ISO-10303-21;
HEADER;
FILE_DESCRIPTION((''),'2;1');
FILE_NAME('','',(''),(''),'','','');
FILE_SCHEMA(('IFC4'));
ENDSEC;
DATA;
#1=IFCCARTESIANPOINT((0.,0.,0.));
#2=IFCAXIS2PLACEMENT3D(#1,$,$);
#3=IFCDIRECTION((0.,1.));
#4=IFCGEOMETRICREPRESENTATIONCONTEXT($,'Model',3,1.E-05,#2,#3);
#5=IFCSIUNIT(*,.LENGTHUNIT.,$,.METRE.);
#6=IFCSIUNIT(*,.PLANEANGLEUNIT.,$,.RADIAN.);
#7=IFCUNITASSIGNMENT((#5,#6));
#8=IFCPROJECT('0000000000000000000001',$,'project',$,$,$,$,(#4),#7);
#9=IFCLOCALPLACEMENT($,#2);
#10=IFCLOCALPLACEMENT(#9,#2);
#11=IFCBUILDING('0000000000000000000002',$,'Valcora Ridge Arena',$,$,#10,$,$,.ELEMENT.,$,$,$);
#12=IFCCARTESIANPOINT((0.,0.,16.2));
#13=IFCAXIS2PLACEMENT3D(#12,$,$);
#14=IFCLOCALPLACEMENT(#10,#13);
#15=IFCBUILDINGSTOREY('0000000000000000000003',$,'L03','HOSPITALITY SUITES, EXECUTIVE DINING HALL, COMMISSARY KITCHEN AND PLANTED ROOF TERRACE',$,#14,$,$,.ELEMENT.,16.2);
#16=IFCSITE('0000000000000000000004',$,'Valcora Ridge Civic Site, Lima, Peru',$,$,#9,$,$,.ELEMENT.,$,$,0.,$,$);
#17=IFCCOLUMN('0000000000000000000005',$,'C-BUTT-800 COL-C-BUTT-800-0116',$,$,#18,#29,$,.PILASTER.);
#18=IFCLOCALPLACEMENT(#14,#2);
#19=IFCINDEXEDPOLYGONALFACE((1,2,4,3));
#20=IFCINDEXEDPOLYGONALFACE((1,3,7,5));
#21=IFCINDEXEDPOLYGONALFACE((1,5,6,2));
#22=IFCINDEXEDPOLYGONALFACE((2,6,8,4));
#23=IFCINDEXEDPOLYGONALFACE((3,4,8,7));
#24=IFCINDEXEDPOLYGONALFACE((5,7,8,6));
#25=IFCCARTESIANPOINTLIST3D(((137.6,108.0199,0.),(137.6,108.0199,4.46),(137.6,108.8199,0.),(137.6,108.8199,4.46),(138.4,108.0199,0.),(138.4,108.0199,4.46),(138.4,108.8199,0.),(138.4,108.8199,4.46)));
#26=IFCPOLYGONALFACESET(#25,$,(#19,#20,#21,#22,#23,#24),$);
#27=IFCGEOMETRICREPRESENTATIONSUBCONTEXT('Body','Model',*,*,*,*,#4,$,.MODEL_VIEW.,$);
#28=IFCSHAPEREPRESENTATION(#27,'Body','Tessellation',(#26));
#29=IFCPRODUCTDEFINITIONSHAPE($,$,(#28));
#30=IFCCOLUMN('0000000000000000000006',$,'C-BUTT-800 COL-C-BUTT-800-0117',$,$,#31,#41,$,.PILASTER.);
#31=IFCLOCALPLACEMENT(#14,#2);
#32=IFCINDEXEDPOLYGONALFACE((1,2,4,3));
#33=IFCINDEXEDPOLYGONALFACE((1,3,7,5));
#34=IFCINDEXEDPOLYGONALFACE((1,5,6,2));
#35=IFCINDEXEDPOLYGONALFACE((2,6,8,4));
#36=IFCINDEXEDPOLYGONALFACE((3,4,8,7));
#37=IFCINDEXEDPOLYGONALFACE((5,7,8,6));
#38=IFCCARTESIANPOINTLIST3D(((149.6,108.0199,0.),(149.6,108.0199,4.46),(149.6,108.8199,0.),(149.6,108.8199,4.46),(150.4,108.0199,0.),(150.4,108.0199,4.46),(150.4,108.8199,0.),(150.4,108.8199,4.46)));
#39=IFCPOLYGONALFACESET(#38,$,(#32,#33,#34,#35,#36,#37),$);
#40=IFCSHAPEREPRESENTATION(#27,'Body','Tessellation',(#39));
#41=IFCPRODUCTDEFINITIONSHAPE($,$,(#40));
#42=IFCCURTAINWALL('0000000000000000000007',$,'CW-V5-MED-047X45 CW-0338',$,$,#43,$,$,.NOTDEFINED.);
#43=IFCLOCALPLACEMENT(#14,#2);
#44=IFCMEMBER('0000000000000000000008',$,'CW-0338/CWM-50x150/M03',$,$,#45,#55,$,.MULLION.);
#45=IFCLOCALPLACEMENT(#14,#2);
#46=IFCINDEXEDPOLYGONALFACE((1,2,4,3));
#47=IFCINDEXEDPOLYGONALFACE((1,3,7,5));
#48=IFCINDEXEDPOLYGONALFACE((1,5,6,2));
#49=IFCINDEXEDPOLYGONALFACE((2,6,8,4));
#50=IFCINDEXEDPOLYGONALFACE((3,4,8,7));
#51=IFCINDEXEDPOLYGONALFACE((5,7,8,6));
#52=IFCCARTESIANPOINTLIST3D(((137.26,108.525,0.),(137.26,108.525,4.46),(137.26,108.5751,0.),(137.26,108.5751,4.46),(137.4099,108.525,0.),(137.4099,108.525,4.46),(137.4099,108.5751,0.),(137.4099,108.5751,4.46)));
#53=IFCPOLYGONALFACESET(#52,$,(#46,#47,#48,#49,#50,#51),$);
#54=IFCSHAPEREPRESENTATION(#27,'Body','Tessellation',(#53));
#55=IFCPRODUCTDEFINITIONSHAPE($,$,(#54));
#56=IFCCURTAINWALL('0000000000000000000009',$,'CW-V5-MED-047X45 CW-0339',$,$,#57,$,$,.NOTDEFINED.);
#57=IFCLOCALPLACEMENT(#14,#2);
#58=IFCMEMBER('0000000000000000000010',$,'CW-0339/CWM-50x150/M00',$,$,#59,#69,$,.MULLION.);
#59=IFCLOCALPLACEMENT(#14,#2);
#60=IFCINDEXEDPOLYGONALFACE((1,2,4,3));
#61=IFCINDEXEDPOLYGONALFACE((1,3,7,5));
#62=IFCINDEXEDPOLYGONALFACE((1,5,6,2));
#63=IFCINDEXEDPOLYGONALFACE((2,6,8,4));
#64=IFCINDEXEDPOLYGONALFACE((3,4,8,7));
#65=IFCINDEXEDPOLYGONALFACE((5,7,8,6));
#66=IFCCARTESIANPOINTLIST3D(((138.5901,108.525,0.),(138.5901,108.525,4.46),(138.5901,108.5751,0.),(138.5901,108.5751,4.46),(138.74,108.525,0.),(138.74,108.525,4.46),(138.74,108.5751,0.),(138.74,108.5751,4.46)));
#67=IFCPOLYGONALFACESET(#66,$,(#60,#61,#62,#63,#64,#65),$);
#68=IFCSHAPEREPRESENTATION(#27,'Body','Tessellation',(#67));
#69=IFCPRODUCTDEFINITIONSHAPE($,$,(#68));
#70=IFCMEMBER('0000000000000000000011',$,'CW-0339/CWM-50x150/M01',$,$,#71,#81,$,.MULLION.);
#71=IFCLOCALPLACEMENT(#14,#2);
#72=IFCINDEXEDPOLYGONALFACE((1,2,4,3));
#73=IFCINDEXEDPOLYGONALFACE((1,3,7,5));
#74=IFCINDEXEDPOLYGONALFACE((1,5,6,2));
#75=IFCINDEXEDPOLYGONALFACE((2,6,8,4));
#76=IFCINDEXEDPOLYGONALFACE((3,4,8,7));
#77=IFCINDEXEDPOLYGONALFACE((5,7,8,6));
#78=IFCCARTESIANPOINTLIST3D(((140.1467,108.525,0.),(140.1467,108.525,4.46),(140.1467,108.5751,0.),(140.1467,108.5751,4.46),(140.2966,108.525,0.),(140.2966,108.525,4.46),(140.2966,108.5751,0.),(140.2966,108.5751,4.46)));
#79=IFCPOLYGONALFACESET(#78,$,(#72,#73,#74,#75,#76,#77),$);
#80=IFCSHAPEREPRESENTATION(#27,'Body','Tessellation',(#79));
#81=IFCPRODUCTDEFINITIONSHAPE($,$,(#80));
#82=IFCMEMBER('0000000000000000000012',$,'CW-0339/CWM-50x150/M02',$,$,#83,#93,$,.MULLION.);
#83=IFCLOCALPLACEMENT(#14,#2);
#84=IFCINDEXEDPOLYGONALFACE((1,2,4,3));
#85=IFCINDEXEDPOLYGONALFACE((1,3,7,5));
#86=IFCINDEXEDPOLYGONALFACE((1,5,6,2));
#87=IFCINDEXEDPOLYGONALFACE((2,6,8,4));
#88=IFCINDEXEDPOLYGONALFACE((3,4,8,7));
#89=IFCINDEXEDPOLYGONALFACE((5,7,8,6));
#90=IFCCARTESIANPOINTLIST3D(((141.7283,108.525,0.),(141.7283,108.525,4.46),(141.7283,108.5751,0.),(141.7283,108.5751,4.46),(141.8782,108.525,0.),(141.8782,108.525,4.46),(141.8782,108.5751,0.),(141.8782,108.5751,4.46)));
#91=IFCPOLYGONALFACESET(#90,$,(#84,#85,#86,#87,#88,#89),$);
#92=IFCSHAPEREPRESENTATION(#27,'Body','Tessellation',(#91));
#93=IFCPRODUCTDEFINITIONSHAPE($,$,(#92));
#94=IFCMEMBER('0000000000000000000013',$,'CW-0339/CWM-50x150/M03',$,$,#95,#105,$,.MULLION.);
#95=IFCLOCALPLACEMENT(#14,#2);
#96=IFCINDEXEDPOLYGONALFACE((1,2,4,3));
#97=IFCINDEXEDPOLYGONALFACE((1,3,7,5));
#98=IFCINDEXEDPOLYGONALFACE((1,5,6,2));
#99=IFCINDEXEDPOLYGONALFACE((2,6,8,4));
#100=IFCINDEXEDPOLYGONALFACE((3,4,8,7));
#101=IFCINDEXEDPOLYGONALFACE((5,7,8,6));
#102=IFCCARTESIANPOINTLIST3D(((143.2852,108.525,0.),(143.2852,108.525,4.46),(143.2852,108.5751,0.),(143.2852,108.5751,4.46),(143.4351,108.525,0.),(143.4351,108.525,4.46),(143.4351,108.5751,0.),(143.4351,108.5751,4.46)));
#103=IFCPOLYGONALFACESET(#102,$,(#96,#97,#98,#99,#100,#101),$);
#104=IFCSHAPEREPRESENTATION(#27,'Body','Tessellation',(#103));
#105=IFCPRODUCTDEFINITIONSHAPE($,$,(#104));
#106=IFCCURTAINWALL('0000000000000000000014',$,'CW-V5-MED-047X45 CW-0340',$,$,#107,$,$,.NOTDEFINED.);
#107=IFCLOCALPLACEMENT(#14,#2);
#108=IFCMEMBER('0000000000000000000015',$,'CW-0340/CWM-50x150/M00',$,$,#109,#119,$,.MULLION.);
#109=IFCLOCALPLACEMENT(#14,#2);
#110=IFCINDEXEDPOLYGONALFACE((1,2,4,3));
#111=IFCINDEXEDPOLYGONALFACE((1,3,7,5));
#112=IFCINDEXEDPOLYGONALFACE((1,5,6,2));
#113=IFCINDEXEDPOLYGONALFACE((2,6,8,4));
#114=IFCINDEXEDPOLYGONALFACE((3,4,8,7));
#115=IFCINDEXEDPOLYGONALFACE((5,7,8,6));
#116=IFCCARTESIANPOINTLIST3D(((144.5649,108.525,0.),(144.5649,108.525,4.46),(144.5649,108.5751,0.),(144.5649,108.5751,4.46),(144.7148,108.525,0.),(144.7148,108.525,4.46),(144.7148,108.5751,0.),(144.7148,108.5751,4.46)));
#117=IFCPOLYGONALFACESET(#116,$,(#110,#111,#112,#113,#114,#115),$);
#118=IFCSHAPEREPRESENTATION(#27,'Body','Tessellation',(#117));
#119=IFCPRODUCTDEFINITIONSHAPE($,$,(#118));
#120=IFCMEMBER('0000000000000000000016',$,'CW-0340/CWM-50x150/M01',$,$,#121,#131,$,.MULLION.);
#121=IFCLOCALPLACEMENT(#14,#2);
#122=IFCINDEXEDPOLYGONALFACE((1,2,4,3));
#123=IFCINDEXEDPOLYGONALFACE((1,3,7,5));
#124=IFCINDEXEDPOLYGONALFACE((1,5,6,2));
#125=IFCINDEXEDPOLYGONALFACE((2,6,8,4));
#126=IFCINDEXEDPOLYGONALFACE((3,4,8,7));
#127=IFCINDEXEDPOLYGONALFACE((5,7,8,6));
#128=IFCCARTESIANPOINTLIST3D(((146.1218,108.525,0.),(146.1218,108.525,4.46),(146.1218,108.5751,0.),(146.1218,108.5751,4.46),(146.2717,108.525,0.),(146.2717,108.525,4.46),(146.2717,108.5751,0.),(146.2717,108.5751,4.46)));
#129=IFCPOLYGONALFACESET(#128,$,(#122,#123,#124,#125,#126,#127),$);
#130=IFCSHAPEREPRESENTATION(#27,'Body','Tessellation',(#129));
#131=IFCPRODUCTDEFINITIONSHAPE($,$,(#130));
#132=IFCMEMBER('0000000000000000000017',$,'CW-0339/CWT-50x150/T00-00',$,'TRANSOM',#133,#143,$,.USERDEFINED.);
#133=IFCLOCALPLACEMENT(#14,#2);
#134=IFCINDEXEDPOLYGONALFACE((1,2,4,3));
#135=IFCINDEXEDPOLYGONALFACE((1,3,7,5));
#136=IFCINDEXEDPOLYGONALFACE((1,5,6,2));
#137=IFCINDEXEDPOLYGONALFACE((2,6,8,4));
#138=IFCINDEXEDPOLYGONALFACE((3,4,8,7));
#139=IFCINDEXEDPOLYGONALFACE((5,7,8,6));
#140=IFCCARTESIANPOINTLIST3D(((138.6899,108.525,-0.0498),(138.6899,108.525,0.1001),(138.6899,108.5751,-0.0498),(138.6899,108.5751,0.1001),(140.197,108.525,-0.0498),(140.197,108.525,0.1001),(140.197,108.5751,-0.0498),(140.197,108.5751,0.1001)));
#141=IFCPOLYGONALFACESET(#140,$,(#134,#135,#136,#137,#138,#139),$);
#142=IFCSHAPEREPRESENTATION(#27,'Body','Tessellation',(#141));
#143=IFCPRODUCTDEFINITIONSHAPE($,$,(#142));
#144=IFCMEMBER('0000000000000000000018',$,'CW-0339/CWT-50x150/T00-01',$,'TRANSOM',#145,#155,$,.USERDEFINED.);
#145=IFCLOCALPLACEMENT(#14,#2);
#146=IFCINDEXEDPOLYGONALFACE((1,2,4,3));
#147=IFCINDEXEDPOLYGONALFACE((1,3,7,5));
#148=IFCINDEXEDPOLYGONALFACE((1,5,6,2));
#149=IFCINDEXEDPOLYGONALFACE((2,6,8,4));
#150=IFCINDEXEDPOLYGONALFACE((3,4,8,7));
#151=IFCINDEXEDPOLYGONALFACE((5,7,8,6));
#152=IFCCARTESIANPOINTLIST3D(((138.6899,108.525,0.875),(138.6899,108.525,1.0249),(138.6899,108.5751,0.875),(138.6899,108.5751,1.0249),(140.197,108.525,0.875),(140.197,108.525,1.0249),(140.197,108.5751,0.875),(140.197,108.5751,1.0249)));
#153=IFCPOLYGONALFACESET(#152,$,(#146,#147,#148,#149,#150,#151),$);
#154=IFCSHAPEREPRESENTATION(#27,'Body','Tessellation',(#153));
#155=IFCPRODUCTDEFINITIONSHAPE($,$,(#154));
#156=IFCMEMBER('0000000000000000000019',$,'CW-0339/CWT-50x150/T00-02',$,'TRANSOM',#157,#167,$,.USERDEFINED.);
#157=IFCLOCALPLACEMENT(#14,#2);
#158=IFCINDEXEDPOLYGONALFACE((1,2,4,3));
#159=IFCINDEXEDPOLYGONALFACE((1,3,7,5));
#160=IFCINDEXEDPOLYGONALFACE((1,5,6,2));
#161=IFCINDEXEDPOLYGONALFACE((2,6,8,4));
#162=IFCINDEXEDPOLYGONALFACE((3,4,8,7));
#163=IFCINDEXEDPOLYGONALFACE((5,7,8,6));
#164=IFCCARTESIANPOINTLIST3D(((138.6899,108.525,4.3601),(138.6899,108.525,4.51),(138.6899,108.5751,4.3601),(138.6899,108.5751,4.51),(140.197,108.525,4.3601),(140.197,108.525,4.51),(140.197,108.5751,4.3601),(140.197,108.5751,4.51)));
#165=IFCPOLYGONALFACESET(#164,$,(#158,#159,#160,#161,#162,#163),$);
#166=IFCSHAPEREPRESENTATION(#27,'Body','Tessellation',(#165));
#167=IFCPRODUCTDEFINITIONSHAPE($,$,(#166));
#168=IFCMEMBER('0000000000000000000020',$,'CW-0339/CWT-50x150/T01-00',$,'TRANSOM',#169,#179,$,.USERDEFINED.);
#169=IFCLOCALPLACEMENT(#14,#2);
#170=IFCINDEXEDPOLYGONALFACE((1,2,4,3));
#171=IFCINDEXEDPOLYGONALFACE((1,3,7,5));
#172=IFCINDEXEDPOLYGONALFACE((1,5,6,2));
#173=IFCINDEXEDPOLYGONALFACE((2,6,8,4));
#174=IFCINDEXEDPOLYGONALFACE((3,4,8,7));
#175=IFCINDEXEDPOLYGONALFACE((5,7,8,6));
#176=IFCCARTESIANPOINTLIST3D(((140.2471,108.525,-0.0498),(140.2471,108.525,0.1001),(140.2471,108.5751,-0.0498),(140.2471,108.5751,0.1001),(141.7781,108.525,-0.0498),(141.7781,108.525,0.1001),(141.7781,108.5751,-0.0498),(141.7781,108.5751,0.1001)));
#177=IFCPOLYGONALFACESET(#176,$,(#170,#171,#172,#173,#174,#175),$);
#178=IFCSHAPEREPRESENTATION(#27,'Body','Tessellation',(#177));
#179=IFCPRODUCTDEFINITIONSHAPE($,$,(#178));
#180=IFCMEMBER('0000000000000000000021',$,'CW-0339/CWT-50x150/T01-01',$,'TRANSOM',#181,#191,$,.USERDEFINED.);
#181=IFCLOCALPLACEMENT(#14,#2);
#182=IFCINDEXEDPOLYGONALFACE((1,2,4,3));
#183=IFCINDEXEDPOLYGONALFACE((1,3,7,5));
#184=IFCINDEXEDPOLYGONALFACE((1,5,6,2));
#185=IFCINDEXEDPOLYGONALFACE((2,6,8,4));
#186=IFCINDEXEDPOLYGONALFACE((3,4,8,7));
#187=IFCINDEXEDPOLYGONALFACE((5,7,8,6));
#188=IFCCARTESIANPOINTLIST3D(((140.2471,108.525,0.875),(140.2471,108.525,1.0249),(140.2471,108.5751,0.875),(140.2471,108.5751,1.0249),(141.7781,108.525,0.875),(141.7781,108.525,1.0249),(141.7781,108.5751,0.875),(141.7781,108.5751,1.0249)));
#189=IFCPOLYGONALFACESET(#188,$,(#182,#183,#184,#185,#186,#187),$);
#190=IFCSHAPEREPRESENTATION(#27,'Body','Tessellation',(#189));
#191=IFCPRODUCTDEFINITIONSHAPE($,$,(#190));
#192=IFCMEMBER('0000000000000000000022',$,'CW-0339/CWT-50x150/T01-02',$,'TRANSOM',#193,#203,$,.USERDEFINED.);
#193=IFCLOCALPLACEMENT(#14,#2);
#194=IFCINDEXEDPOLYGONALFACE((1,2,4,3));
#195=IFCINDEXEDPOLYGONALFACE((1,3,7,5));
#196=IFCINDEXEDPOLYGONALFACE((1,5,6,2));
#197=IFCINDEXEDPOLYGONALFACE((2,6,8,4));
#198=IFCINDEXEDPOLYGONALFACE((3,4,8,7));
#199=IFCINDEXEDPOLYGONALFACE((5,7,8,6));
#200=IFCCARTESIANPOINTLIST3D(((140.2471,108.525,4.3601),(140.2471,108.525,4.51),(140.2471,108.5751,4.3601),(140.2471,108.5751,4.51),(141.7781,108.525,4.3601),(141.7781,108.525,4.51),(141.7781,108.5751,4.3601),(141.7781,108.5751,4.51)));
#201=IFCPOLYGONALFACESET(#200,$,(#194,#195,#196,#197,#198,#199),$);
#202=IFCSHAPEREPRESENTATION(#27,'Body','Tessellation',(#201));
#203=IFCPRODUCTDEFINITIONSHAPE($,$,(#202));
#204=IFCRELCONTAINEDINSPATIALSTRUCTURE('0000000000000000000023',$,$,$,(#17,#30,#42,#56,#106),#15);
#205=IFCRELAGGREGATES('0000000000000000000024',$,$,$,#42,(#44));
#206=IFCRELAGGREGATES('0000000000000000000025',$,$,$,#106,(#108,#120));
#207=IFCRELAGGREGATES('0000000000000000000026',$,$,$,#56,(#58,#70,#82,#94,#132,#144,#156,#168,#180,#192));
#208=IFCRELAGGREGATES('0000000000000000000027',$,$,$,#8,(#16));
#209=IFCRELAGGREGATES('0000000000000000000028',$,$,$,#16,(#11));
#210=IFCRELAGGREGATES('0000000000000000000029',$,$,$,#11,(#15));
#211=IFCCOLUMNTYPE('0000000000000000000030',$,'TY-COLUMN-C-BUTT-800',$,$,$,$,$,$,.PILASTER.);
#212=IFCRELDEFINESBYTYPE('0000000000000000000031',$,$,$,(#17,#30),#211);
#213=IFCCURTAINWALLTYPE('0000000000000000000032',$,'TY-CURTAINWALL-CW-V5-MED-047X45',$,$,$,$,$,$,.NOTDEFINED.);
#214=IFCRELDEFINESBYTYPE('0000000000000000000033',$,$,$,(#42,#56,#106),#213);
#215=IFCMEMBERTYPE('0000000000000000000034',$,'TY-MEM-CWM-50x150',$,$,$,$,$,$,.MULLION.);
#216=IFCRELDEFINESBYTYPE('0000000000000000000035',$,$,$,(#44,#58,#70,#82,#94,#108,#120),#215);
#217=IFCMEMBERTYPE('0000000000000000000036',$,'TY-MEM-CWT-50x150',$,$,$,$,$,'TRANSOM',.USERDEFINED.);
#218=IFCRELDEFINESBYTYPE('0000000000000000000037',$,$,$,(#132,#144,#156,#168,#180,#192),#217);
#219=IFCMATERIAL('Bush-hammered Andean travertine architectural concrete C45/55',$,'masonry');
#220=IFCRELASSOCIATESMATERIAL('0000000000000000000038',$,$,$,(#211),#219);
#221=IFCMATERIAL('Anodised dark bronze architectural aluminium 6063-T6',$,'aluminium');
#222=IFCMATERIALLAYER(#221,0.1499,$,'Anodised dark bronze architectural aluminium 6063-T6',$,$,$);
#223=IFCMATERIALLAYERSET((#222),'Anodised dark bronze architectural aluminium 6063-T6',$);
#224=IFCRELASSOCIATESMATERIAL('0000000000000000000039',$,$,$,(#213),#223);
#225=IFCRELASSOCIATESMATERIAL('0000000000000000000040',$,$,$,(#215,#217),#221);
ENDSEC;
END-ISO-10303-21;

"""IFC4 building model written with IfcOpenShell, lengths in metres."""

from ifc_helpers import new_model, si_unit, direction, frame, origin, origin_2d, place, context, subcontext, project, spatial, rectangle, extrude, material, layer, layer_set, material_profile, profile_set, type_object, element, aggregate, save


model = new_model("IFC4")

# Units and contexts
model_context = context("Model", 3, precision=1e-05, world=origin(), true_north=direction((0.0, 1.0)))
body_context = subcontext(model_context, "Body", "Model", "MODEL_VIEW")
ifc_project = project(units=[si_unit("LENGTHUNIT", "METRE"), si_unit("PLANEANGLEUNIT", "RADIAN")], contexts=[model_context])

# Site, building, storey
site_placement = place(None, origin())
site = spatial("IfcSite", under=ifc_project, at=site_placement, Name="Valcora Ridge Civic Site, Lima, Peru", CompositionType="ELEMENT", RefElevation=0.0)
building_placement = place(site_placement, origin())
building = spatial("IfcBuilding", under=site, at=building_placement, Name="Valcora Ridge Arena", CompositionType="ELEMENT")
storey_placement = place(building_placement, frame((0.0, 0.0, 16.2)))
storey = spatial("IfcBuildingStorey", under=building, at=storey_placement, Name="L03", Description="HOSPITALITY SUITES, EXECUTIVE DINING HALL, COMMISSARY KITCHEN AND PLANTED ROOF TERRACE", CompositionType="ELEMENT", Elevation=16.2)

# Columns
ifc_material_1 = material(Name="Bush-hammered Andean travertine architectural concrete C45/55", Category="masonry")
ifc_material_profile_1 = material_profile(ifc_material_1, rectangle(XDim=0.8, YDim=0.8, at=origin_2d()), Name="RC 800x800")
ifc_profile_set_1 = profile_set([ifc_material_profile_1], Name="Bush-hammered Andean travertine architectural concrete C45/55")
column_type = type_object("IfcColumnType", Name="TY-COLUMN-C-BUTT-800", PredefinedType="PILASTER", material=ifc_profile_set_1)
for number, where, z_axis, x_axis, name in (
    (1, (138.0, 108.4199, 0.0), (0.0, 0.0, 1.0), (1.0, 0.0, 0.0), "C-BUTT-800 COL-C-BUTT-800-0116"),
    (2, (150.0, 108.4199, 0.0), (0.0, 0.0, 1.0), (1.0, 0.0, 0.0), "C-BUTT-800 COL-C-BUTT-800-0117"),
):
    element("IfcColumn", number, at=place(storey_placement, frame(where, z_axis=z_axis, x_axis=x_axis)), inside=storey, type_object=column_type, Name=name, PredefinedType="PILASTER", context=body_context, shape_type="SweptSolid", body=[
        extrude(rectangle(XDim=0.8, YDim=0.8, at=origin_2d()), origin(), (0.0, 0.0, 1.0), 4.46),
    ])

# Curtain wall, member
ifc_material_2 = material(Name="Anodised dark bronze architectural aluminium 6063-T6", Category="aluminium")
ifc_layer_1 = layer(ifc_material_2, 0.1499, Name="Anodised dark bronze architectural aluminium 6063-T6")
ifc_layer_set_1 = layer_set([ifc_layer_1], Name="Anodised dark bronze architectural aluminium 6063-T6")
curtain_wall_type = type_object("IfcCurtainWallType", Name="TY-CURTAINWALL-CW-V5-MED-047X45", PredefinedType="NOTDEFINED", material=ifc_layer_set_1)
curtain_wall_1_placement = place(storey_placement, origin())
curtain_wall_1 = element("IfcCurtainWall", 3, at=curtain_wall_1_placement, inside=storey, type_object=curtain_wall_type, Name="CW-V5-MED-047X45 CW-0338", PredefinedType="NOTDEFINED")
ifc_material_profile_2 = material_profile(ifc_material_2, rectangle(XDim=0.05, YDim=0.1499, at=origin_2d()), Name="ALU MULLION 50x150")
ifc_profile_set_2 = profile_set([ifc_material_profile_2], Name="Anodised dark bronze architectural aluminium 6063-T6")
member_type_1 = type_object("IfcMemberType", Name="TY-MEM-CWM-50x150", PredefinedType="MULLION", material=ifc_profile_set_2)
member_1_placement = place(storey_placement, frame((137.335, 108.55, 0.0), z_axis=(0.0, 0.0, 1.0), x_axis=(0.0, 1.0, 0.0)))
member_1 = element("IfcMember", 4, at=member_1_placement, type_object=member_type_1, Name="CW-0338/CWM-50x150/M03", PredefinedType="MULLION", context=body_context, shape_type="SweptSolid", body=[
    extrude(rectangle(XDim=0.05, YDim=0.1499, at=origin_2d()), origin(), (0.0, 0.0, 1.0), 4.46),
])
aggregate(curtain_wall_1, [member_1])

# Curtain walls, members
curtain_wall_2_placement = place(storey_placement, origin())
curtain_wall_2 = element("IfcCurtainWall", 5, at=curtain_wall_2_placement, inside=storey, type_object=curtain_wall_type, Name="CW-V5-MED-047X45 CW-0339", PredefinedType="NOTDEFINED")
member_2_placement = place(storey_placement, frame((138.665, 108.55, 0.0), z_axis=(0.0, 0.0, 1.0), x_axis=(0.0, 1.0, 0.0)))
member_2 = element("IfcMember", 6, at=member_2_placement, type_object=member_type_1, Name="CW-0339/CWM-50x150/M00", PredefinedType="MULLION", context=body_context, shape_type="SweptSolid", body=[
    extrude(rectangle(XDim=0.05, YDim=0.1499, at=origin_2d()), origin(), (0.0, 0.0, 1.0), 4.46),
])
member_3_placement = place(storey_placement, frame((140.2217, 108.55, 0.0), z_axis=(0.0, 0.0, 1.0), x_axis=(0.0, 1.0, 0.0)))
member_3 = element("IfcMember", 7, at=member_3_placement, type_object=member_type_1, Name="CW-0339/CWM-50x150/M01", PredefinedType="MULLION", context=body_context, shape_type="SweptSolid", body=[
    extrude(rectangle(XDim=0.05, YDim=0.1499, at=origin_2d()), origin(), (0.0, 0.0, 1.0), 4.46),
])
member_4_placement = place(storey_placement, frame((141.8032, 108.55, 0.0), z_axis=(0.0, 0.0, 1.0), x_axis=(0.0, 1.0, 0.0)))
member_4 = element("IfcMember", 8, at=member_4_placement, type_object=member_type_1, Name="CW-0339/CWM-50x150/M02", PredefinedType="MULLION", context=body_context, shape_type="SweptSolid", body=[
    extrude(rectangle(XDim=0.05, YDim=0.1499, at=origin_2d()), origin(), (0.0, 0.0, 1.0), 4.46),
])
member_5_placement = place(storey_placement, frame((143.3601, 108.55, 0.0), z_axis=(0.0, 0.0, 1.0), x_axis=(0.0, 1.0, 0.0)))
member_5 = element("IfcMember", 9, at=member_5_placement, type_object=member_type_1, Name="CW-0339/CWM-50x150/M03", PredefinedType="MULLION", context=body_context, shape_type="SweptSolid", body=[
    extrude(rectangle(XDim=0.05, YDim=0.1499, at=origin_2d()), origin(), (0.0, 0.0, 1.0), 4.46),
])
curtain_wall_3_placement = place(storey_placement, origin())
curtain_wall_3 = element("IfcCurtainWall", 10, at=curtain_wall_3_placement, inside=storey, type_object=curtain_wall_type, Name="CW-V5-MED-047X45 CW-0340", PredefinedType="NOTDEFINED")
member_6_placement = place(storey_placement, frame((144.6399, 108.55, 0.0), z_axis=(0.0, 0.0, 1.0), x_axis=(0.0, 1.0, 0.0)))
member_6 = element("IfcMember", 11, at=member_6_placement, type_object=member_type_1, Name="CW-0340/CWM-50x150/M00", PredefinedType="MULLION", context=body_context, shape_type="SweptSolid", body=[
    extrude(rectangle(XDim=0.05, YDim=0.1499, at=origin_2d()), origin(), (0.0, 0.0, 1.0), 4.46),
])
member_7_placement = place(storey_placement, frame((146.1968, 108.55, 0.0), z_axis=(0.0, 0.0, 1.0), x_axis=(0.0, 1.0, 0.0)))
member_7 = element("IfcMember", 12, at=member_7_placement, type_object=member_type_1, Name="CW-0340/CWM-50x150/M01", PredefinedType="MULLION", context=body_context, shape_type="SweptSolid", body=[
    extrude(rectangle(XDim=0.05, YDim=0.1499, at=origin_2d()), origin(), (0.0, 0.0, 1.0), 4.46),
])

# Members
ifc_material_profile_3 = material_profile(ifc_material_2, rectangle(XDim=0.05, YDim=0.1499, at=origin_2d()), Name="ALU TRANSOM 50x150")
ifc_profile_set_3 = profile_set([ifc_material_profile_3], Name="Anodised dark bronze architectural aluminium 6063-T6")
member_type_2 = type_object("IfcMemberType", Name="TY-MEM-CWT-50x150", ElementType="TRANSOM", PredefinedType="USERDEFINED", material=ifc_profile_set_3)
member_8_placement = place(storey_placement, frame((138.6899, 108.55, 0.0251), z_axis=(1.0, 0.0, 0.0), x_axis=(0.0, 1.0, 0.0)))
member_8 = element("IfcMember", 13, at=member_8_placement, type_object=member_type_2, Name="CW-0339/CWT-50x150/T00-00", ObjectType="TRANSOM", PredefinedType="USERDEFINED", context=body_context, shape_type="SweptSolid", body=[
    extrude(rectangle(XDim=0.05, YDim=0.1499, at=origin_2d()), origin(), (0.0, 0.0, 1.0), 1.5071),
])
member_9_placement = place(storey_placement, frame((138.6899, 108.55, 0.95), z_axis=(1.0, 0.0, 0.0), x_axis=(0.0, 1.0, 0.0)))
member_9 = element("IfcMember", 14, at=member_9_placement, type_object=member_type_2, Name="CW-0339/CWT-50x150/T00-01", ObjectType="TRANSOM", PredefinedType="USERDEFINED", context=body_context, shape_type="SweptSolid", body=[
    extrude(rectangle(XDim=0.05, YDim=0.1499, at=origin_2d()), origin(), (0.0, 0.0, 1.0), 1.5071),
])
member_10_placement = place(storey_placement, frame((138.6899, 108.55, 4.4351), z_axis=(1.0, 0.0, 0.0), x_axis=(0.0, 1.0, 0.0)))
member_10 = element("IfcMember", 15, at=member_10_placement, type_object=member_type_2, Name="CW-0339/CWT-50x150/T00-02", ObjectType="TRANSOM", PredefinedType="USERDEFINED", context=body_context, shape_type="SweptSolid", body=[
    extrude(rectangle(XDim=0.05, YDim=0.1499, at=origin_2d()), origin(), (0.0, 0.0, 1.0), 1.5071),
])
member_11_placement = place(storey_placement, frame((140.2471, 108.55, 0.0251), z_axis=(1.0, 0.0, 0.0), x_axis=(0.0, 1.0, 0.0)))
member_11 = element("IfcMember", 16, at=member_11_placement, type_object=member_type_2, Name="CW-0339/CWT-50x150/T01-00", ObjectType="TRANSOM", PredefinedType="USERDEFINED", context=body_context, shape_type="SweptSolid", body=[
    extrude(rectangle(XDim=0.05, YDim=0.1499, at=origin_2d()), origin(), (0.0, 0.0, 1.0), 1.531),
])
member_12_placement = place(storey_placement, frame((140.2471, 108.55, 0.95), z_axis=(1.0, 0.0, 0.0), x_axis=(0.0, 1.0, 0.0)))
member_12 = element("IfcMember", 17, at=member_12_placement, type_object=member_type_2, Name="CW-0339/CWT-50x150/T01-01", ObjectType="TRANSOM", PredefinedType="USERDEFINED", context=body_context, shape_type="SweptSolid", body=[
    extrude(rectangle(XDim=0.05, YDim=0.1499, at=origin_2d()), origin(), (0.0, 0.0, 1.0), 1.531),
])
member_13_placement = place(storey_placement, frame((140.2471, 108.55, 4.4351), z_axis=(1.0, 0.0, 0.0), x_axis=(0.0, 1.0, 0.0)))
member_13 = element("IfcMember", 18, at=member_13_placement, type_object=member_type_2, Name="CW-0339/CWT-50x150/T01-02", ObjectType="TRANSOM", PredefinedType="USERDEFINED", context=body_context, shape_type="SweptSolid", body=[
    extrude(rectangle(XDim=0.05, YDim=0.1499, at=origin_2d()), origin(), (0.0, 0.0, 1.0), 1.531),
])

aggregate(curtain_wall_3, [member_6, member_7])
aggregate(curtain_wall_2, [member_2, member_3, member_4, member_5, member_8, member_9, member_10, member_11, member_12, member_13])

save(model, "model.ifc")
